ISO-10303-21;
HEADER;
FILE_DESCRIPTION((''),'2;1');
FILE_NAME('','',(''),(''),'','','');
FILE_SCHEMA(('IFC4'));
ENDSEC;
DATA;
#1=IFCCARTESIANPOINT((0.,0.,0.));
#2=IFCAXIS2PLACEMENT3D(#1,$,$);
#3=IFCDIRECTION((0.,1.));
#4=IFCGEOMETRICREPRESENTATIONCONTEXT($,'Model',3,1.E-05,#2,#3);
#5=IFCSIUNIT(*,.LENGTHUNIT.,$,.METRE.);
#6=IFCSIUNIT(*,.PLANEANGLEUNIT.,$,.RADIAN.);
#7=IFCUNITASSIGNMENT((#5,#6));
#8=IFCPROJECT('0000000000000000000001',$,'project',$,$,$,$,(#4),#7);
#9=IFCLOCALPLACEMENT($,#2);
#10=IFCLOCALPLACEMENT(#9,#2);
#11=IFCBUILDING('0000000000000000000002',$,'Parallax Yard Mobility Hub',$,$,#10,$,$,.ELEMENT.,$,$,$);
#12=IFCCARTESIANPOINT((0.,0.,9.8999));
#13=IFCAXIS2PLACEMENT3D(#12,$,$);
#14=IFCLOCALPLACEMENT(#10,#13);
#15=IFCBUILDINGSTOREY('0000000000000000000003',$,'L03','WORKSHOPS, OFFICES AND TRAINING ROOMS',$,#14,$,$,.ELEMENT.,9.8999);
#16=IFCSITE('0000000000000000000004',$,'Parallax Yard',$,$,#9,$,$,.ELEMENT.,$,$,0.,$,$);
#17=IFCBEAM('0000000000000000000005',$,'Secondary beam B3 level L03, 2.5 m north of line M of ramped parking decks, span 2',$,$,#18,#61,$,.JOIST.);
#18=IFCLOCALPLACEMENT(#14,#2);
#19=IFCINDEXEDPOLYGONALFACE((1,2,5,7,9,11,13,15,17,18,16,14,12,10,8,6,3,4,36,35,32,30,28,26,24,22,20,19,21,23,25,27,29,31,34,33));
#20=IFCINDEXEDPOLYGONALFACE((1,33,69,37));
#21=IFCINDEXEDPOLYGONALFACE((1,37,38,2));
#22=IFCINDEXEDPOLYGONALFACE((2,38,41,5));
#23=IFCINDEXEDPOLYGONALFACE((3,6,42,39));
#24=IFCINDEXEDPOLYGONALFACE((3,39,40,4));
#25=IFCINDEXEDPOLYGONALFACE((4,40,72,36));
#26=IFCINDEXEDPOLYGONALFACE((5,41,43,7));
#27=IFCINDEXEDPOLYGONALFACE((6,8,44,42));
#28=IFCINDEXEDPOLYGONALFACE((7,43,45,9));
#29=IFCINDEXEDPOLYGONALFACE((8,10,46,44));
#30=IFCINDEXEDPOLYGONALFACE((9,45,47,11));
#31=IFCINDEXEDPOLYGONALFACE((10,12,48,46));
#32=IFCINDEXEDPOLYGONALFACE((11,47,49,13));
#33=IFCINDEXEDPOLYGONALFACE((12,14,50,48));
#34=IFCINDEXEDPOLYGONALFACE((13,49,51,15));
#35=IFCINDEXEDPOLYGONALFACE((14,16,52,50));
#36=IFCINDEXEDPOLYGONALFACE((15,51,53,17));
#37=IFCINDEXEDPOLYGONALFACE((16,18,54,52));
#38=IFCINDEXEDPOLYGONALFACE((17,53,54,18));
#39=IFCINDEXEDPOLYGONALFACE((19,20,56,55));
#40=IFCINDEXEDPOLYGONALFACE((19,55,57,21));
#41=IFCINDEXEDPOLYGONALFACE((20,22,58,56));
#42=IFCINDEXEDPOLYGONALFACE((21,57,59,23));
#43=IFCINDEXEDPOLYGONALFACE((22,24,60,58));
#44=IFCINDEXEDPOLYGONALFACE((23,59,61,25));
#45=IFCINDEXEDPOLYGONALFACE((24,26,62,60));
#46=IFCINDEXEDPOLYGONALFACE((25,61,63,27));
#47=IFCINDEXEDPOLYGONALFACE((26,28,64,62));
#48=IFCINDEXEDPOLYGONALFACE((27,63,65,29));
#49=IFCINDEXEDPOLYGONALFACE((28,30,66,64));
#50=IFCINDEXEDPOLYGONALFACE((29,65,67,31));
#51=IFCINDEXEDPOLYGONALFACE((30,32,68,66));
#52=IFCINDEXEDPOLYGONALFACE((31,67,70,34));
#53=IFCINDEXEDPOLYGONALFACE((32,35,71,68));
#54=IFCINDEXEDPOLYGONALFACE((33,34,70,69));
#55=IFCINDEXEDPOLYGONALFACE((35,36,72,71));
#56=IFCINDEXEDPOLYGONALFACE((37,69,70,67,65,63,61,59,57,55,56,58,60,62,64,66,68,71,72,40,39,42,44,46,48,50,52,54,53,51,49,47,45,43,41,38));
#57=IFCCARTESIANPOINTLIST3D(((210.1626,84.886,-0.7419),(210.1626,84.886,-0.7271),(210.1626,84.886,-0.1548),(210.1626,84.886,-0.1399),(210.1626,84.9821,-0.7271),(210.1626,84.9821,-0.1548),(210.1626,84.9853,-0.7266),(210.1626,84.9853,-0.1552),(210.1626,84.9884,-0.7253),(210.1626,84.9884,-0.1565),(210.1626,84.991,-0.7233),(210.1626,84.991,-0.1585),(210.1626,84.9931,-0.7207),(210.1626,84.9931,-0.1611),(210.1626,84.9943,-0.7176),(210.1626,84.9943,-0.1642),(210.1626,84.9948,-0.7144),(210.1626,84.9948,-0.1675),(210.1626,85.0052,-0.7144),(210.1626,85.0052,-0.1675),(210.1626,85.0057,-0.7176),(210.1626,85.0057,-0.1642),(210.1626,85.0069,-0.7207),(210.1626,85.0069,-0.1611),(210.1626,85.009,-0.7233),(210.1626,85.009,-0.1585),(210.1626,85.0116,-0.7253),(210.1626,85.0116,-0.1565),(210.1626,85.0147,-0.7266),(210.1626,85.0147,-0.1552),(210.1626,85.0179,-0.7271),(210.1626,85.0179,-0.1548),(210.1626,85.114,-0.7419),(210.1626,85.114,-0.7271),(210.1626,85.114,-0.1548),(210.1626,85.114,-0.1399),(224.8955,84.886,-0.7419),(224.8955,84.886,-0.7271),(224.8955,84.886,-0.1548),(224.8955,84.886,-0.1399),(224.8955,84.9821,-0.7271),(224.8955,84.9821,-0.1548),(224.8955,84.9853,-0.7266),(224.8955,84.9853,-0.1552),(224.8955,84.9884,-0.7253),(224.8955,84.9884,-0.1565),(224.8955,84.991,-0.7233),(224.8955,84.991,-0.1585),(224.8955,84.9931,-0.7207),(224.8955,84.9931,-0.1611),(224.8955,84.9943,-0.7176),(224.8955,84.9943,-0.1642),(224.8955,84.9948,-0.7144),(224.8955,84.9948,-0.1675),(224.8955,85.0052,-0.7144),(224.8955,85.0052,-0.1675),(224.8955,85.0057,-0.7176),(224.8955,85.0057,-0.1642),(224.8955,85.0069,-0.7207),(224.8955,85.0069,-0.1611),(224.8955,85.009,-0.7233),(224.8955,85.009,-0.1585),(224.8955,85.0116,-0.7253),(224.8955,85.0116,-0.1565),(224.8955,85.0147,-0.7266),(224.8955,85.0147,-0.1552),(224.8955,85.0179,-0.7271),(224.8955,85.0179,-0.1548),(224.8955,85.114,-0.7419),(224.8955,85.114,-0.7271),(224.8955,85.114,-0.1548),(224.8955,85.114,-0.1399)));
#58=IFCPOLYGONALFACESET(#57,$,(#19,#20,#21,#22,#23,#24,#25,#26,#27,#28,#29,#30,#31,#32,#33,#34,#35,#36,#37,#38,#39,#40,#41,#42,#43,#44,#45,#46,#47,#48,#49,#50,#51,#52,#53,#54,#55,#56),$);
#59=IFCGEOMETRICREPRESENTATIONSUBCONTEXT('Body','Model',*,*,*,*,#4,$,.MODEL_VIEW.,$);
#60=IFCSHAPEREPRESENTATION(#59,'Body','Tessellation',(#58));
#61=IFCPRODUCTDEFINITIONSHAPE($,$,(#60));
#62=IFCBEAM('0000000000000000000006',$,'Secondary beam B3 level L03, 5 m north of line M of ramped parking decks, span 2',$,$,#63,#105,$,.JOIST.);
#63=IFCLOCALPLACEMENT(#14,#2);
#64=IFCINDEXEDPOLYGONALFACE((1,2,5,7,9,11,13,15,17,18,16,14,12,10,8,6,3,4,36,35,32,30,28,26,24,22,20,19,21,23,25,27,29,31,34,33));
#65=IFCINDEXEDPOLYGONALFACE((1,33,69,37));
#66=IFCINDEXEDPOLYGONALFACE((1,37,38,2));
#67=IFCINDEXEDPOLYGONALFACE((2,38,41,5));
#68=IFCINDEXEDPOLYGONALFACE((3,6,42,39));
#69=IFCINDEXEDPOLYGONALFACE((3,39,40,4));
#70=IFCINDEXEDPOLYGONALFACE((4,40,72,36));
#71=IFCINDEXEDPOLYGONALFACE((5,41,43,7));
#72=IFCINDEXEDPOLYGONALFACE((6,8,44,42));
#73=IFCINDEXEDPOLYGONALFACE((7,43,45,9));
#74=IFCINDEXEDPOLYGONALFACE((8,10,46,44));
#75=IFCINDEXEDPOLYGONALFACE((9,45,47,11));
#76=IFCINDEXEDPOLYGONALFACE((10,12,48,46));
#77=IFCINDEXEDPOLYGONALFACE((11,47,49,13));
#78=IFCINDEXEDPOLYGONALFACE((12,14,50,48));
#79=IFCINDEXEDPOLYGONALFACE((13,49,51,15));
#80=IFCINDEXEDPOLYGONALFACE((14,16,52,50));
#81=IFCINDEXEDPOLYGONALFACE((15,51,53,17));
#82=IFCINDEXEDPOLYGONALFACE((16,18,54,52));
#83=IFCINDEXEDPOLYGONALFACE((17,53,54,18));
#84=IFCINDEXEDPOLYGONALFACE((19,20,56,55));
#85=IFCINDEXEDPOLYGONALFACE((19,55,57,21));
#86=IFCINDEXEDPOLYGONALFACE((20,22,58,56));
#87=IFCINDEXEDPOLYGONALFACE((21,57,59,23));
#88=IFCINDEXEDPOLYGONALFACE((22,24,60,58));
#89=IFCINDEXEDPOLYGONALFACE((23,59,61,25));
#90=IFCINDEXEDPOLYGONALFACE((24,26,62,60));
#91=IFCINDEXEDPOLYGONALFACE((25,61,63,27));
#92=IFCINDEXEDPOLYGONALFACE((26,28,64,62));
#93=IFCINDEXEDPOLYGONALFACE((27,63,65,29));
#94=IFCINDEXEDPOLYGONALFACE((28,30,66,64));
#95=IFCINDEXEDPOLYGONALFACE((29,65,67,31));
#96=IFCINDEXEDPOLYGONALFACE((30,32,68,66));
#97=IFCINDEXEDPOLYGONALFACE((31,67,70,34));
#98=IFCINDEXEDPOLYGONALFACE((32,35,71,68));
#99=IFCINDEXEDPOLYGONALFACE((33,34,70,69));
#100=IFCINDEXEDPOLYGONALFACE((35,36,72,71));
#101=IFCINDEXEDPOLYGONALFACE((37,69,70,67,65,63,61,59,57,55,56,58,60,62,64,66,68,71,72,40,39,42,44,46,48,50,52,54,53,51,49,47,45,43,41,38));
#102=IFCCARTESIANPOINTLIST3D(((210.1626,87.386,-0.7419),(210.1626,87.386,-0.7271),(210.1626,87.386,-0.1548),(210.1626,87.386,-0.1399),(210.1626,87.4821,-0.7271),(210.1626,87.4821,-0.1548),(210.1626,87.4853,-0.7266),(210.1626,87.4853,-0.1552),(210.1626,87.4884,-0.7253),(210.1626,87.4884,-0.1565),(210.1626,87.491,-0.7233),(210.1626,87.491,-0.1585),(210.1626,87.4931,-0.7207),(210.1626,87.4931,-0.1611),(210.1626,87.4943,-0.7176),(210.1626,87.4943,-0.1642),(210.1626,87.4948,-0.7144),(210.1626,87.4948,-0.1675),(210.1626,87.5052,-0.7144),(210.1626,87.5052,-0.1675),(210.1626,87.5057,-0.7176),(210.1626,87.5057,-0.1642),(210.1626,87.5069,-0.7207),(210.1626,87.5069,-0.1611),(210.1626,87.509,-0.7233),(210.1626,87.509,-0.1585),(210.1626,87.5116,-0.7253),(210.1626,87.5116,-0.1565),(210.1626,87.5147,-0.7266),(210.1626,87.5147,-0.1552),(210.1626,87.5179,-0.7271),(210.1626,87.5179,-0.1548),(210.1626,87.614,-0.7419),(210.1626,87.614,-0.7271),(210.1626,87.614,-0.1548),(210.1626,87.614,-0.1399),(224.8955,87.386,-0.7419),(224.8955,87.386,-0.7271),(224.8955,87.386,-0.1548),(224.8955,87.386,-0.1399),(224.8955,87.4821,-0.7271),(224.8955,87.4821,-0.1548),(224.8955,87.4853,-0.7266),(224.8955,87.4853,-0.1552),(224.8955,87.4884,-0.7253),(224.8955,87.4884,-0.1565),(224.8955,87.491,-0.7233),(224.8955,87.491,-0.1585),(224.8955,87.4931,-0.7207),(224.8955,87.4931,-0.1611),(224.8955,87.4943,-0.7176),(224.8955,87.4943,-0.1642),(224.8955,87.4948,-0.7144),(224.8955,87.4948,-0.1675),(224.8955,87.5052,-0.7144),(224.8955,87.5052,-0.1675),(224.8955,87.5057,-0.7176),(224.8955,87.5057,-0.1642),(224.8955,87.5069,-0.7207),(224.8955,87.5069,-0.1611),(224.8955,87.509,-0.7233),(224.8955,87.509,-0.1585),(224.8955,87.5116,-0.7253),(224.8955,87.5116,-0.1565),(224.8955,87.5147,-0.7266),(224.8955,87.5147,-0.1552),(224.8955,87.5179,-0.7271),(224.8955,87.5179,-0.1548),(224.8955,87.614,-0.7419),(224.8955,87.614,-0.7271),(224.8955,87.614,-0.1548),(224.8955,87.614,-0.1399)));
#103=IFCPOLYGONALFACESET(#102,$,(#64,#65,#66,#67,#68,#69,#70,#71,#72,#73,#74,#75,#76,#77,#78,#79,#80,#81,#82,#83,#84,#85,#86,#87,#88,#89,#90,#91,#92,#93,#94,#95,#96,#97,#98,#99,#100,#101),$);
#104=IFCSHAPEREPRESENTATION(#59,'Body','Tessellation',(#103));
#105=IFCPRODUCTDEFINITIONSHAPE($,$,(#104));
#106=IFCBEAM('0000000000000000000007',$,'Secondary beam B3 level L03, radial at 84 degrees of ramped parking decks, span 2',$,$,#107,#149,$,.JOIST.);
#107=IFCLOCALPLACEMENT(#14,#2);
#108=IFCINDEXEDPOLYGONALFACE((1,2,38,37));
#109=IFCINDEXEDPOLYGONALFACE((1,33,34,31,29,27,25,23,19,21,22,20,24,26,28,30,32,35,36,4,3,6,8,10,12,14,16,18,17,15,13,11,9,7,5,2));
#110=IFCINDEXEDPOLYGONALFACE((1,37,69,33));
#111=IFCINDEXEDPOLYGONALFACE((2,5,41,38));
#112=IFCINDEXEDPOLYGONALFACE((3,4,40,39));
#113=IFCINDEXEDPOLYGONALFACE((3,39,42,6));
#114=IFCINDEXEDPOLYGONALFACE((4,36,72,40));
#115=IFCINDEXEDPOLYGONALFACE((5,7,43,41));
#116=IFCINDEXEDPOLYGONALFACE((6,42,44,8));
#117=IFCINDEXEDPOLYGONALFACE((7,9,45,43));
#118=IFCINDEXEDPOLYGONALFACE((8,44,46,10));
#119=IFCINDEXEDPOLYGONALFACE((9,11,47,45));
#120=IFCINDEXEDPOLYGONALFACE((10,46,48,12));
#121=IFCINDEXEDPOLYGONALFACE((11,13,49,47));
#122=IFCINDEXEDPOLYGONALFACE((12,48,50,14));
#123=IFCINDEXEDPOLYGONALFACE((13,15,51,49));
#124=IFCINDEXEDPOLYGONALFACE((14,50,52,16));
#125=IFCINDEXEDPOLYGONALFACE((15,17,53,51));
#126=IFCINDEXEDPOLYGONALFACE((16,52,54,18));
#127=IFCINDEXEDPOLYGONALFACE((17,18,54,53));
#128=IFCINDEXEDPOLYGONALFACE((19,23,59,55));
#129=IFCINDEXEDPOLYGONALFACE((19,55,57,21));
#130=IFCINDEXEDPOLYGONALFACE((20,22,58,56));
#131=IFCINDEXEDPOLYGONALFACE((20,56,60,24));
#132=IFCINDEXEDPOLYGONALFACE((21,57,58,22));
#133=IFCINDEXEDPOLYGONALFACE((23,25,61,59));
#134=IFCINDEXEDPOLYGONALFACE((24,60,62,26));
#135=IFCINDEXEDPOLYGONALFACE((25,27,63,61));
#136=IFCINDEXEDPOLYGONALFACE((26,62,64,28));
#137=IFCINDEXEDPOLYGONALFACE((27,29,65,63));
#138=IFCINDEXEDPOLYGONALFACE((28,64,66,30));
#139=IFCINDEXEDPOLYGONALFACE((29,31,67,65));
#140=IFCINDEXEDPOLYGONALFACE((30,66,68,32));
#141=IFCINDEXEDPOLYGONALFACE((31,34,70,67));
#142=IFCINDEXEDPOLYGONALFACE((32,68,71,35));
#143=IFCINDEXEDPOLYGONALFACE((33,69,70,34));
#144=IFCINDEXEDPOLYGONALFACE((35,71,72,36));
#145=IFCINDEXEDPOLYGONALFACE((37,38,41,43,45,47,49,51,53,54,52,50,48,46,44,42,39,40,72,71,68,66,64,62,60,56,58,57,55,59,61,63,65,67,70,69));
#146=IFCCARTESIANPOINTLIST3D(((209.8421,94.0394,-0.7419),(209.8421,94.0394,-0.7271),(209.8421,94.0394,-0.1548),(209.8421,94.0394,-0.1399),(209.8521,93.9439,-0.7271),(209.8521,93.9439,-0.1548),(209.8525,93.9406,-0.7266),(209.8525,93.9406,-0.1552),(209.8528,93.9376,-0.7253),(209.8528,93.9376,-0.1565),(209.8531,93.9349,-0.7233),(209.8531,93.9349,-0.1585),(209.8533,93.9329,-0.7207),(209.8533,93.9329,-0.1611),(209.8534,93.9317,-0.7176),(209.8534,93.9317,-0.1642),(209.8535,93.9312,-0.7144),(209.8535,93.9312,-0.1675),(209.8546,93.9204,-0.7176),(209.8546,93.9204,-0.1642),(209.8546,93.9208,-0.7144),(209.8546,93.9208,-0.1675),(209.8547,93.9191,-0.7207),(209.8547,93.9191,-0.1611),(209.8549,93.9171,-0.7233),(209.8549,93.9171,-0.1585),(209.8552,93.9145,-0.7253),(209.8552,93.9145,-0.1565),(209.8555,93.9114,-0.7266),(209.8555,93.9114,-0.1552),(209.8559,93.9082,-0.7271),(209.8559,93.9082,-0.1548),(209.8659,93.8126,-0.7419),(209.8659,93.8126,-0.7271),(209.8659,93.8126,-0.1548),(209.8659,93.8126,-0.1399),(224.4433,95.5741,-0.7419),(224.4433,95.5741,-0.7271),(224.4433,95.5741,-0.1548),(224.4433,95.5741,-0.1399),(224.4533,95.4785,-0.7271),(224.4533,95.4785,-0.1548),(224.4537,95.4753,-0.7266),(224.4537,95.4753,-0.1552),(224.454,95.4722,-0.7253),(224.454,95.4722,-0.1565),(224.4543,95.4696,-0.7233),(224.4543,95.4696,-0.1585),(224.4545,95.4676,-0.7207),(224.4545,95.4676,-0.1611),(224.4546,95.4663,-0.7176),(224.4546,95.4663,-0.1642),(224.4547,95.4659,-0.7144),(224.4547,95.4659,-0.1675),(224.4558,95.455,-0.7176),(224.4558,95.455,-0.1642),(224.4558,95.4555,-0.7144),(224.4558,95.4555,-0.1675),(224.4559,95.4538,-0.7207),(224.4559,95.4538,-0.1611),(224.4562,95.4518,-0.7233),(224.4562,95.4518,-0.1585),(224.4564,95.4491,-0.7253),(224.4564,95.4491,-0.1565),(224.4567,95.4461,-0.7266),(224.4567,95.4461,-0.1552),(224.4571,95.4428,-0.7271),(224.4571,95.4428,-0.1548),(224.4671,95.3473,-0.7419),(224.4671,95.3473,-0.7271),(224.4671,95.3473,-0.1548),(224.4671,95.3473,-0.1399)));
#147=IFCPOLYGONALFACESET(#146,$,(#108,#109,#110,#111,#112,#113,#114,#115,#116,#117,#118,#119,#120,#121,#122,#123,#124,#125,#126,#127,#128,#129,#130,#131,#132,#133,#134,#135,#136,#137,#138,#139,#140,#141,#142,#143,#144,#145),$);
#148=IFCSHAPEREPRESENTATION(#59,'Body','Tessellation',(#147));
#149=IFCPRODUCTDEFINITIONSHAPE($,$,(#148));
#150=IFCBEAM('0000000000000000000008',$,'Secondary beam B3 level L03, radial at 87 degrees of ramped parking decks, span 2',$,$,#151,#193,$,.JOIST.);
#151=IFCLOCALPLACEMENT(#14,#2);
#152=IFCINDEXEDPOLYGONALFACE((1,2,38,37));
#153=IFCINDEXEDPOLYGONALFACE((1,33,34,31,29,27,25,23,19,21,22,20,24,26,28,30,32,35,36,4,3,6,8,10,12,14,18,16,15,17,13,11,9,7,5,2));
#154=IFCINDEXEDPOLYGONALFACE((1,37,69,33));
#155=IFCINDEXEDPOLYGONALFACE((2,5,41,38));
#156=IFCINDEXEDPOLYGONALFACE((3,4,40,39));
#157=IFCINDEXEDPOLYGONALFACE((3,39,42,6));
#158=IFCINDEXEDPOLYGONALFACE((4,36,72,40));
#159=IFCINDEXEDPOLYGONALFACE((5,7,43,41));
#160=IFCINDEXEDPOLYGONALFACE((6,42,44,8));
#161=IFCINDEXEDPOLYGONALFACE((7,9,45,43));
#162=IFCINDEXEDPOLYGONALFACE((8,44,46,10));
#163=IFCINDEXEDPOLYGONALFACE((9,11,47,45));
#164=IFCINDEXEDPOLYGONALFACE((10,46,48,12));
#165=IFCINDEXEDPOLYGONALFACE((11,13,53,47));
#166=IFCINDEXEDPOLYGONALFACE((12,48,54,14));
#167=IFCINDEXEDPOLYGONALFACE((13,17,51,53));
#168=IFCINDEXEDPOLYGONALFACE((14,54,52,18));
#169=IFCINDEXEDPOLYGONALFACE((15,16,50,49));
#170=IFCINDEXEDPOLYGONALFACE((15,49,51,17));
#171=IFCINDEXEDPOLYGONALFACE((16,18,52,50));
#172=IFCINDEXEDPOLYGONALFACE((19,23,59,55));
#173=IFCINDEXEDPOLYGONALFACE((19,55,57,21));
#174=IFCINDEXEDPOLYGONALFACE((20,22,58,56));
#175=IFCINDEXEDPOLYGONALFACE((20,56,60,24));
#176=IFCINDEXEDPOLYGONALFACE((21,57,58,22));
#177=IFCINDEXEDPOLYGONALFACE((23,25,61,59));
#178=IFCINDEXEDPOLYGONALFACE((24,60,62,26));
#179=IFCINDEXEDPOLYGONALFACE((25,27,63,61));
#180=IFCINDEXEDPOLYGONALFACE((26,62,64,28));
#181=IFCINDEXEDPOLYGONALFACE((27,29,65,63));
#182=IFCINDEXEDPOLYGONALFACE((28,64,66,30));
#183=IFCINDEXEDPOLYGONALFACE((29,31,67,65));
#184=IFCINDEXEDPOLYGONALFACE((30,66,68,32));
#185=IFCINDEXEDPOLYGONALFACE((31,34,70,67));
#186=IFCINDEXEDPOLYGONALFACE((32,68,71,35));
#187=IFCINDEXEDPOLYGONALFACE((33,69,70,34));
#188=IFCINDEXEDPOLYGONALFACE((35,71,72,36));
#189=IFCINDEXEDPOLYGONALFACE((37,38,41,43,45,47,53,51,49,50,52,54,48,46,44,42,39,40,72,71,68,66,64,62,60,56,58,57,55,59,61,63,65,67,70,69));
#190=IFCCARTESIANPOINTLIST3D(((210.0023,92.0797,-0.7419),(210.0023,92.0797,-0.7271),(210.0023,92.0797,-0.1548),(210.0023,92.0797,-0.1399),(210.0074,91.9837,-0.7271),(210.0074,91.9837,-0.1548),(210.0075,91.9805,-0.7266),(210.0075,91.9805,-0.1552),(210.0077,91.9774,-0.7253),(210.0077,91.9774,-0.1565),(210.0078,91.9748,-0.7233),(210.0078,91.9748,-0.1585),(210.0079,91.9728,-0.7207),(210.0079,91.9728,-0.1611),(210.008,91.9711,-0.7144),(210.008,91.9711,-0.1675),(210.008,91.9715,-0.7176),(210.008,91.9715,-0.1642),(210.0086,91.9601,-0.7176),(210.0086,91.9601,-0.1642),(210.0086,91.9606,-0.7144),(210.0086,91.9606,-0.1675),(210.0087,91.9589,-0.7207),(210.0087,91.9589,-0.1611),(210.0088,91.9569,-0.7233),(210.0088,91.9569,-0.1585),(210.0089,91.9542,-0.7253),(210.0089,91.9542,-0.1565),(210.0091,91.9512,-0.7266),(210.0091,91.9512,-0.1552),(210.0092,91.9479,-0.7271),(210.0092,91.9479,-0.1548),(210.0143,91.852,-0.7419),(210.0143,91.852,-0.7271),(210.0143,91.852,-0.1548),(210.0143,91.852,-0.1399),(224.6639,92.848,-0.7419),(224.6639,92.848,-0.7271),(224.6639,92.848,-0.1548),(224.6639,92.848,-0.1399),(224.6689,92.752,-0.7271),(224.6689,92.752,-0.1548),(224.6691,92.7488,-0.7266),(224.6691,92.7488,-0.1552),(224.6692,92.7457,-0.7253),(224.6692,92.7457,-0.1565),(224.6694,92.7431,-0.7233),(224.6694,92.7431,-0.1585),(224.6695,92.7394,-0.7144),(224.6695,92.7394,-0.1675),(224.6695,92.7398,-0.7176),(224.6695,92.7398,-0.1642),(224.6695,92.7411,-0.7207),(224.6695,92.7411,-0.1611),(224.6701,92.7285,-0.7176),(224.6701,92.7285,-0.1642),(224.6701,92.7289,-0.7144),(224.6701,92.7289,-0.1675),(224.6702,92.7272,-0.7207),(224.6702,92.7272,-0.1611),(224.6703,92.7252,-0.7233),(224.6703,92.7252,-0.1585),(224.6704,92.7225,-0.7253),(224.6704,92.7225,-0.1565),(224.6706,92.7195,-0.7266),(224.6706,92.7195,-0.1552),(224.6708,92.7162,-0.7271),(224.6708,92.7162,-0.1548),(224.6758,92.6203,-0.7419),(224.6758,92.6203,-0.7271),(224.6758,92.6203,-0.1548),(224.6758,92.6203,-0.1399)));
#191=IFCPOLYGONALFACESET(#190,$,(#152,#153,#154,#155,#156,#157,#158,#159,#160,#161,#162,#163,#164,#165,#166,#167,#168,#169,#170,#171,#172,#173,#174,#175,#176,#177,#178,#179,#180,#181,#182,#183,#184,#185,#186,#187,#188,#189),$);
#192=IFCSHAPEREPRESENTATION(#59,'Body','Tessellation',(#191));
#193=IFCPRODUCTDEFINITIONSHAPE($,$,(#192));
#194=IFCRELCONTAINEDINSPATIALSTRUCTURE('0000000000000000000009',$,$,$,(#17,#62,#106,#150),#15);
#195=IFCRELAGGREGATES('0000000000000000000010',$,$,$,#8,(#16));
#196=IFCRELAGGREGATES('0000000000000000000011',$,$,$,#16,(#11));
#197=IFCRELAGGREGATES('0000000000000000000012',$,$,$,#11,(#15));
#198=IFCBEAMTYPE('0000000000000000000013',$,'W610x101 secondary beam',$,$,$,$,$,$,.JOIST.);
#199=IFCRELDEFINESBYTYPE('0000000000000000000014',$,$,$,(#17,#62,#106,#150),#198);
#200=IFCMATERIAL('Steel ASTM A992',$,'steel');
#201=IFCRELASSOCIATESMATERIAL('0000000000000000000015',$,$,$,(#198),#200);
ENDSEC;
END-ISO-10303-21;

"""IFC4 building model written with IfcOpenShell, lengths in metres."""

from ifc_helpers import new_model, si_unit, direction, frame, origin, origin_2d, place, context, subcontext, project, spatial, i_section, extrude, material, material_profile, profile_set, type_object, element, save


model = new_model("IFC4")

# Units and contexts
model_context = context("Model", 3, precision=1e-05, world=origin(), true_north=direction((0.0, 1.0)))
body_context = subcontext(model_context, "Body", "Model", "MODEL_VIEW")
ifc_project = project(units=[si_unit("LENGTHUNIT", "METRE"), si_unit("PLANEANGLEUNIT", "RADIAN")], contexts=[model_context])

# Site, building, storey
site_placement = place(None, origin())
site = spatial("IfcSite", under=ifc_project, at=site_placement, Name="Parallax Yard", CompositionType="ELEMENT", RefElevation=0.0)
building_placement = place(site_placement, origin())
building = spatial("IfcBuilding", under=site, at=building_placement, Name="Parallax Yard Mobility Hub", CompositionType="ELEMENT")
storey_placement = place(building_placement, frame((0.0, 0.0, 9.8999)))
storey = spatial("IfcBuildingStorey", under=building, at=storey_placement, Name="L03", Description="WORKSHOPS, OFFICES AND TRAINING ROOMS", CompositionType="ELEMENT", Elevation=9.8999)

# Shared definitions
ifc_material_1 = material(Name="Steel ASTM A992", Category="steel")

# Beams
ifc_material_profile_1 = material_profile(ifc_material_1, i_section(OverallWidth=0.228, OverallDepth=0.6021, WebThickness=0.0105, FlangeThickness=0.0149, FilletRadius=0.0127, at=origin_2d()), Name="W610x101")
ifc_profile_set_1 = profile_set([ifc_material_profile_1], Name="Steel ASTM A992")
beam_type_1 = type_object("IfcBeamType", Name="W610x101 secondary beam", PredefinedType="JOIST", material=ifc_profile_set_1)
for number, where, z_axis, x_axis, name in (
    (1, (210.1626, 85.0, -0.4409), (1.0, 0.0, 0.0), (0.0, 1.0, 0.0), "Secondary beam B3 level L03, 2.5 m north of line M of ramped parking decks, span 2"),
    (2, (210.1626, 87.5, -0.4409), (1.0, 0.0, 0.0), (0.0, 1.0, 0.0), "Secondary beam B3 level L03, 5 m north of line M of ramped parking decks, span 2"),
):
    element("IfcBeam", number, at=place(storey_placement, frame(where, z_axis=z_axis, x_axis=x_axis)), inside=storey, type_object=beam_type_1, Name=name, PredefinedType="JOIST", context=body_context, shape_type="SweptSolid", body=[
        extrude(i_section(OverallWidth=0.228, OverallDepth=0.6021, WebThickness=0.0105, FlangeThickness=0.0149, FilletRadius=0.0127, at=origin_2d()), origin(), (0.0, 0.0, 1.0), 14.7329),
    ])
for number, where, z_axis, x_axis, name in (
    (3, (209.854, 93.926, -0.4409), (0.994522, 0.104529, 0.0), (-0.104529, 0.994522, 0.0), "Secondary beam B3 level L03, radial at 84 degrees of ramped parking decks, span 2"),
    (4, (210.0083, 91.9658, -0.4409), (0.99863, 0.052331, 0.0), (-0.052331, 0.99863, 0.0), "Secondary beam B3 level L03, radial at 87 degrees of ramped parking decks, span 2"),
):
    element("IfcBeam", number, at=place(storey_placement, frame(where, z_axis=z_axis, x_axis=x_axis)), inside=storey, type_object=beam_type_1, Name=name, PredefinedType="JOIST", context=body_context, shape_type="SweptSolid", body=[
        extrude(i_section(OverallWidth=0.228, OverallDepth=0.6021, WebThickness=0.0105, FlangeThickness=0.0149, FilletRadius=0.0127, at=origin_2d()), origin(), (0.0, 0.0, 1.0), 14.6816),
    ])

save(model, "model.ifc")
